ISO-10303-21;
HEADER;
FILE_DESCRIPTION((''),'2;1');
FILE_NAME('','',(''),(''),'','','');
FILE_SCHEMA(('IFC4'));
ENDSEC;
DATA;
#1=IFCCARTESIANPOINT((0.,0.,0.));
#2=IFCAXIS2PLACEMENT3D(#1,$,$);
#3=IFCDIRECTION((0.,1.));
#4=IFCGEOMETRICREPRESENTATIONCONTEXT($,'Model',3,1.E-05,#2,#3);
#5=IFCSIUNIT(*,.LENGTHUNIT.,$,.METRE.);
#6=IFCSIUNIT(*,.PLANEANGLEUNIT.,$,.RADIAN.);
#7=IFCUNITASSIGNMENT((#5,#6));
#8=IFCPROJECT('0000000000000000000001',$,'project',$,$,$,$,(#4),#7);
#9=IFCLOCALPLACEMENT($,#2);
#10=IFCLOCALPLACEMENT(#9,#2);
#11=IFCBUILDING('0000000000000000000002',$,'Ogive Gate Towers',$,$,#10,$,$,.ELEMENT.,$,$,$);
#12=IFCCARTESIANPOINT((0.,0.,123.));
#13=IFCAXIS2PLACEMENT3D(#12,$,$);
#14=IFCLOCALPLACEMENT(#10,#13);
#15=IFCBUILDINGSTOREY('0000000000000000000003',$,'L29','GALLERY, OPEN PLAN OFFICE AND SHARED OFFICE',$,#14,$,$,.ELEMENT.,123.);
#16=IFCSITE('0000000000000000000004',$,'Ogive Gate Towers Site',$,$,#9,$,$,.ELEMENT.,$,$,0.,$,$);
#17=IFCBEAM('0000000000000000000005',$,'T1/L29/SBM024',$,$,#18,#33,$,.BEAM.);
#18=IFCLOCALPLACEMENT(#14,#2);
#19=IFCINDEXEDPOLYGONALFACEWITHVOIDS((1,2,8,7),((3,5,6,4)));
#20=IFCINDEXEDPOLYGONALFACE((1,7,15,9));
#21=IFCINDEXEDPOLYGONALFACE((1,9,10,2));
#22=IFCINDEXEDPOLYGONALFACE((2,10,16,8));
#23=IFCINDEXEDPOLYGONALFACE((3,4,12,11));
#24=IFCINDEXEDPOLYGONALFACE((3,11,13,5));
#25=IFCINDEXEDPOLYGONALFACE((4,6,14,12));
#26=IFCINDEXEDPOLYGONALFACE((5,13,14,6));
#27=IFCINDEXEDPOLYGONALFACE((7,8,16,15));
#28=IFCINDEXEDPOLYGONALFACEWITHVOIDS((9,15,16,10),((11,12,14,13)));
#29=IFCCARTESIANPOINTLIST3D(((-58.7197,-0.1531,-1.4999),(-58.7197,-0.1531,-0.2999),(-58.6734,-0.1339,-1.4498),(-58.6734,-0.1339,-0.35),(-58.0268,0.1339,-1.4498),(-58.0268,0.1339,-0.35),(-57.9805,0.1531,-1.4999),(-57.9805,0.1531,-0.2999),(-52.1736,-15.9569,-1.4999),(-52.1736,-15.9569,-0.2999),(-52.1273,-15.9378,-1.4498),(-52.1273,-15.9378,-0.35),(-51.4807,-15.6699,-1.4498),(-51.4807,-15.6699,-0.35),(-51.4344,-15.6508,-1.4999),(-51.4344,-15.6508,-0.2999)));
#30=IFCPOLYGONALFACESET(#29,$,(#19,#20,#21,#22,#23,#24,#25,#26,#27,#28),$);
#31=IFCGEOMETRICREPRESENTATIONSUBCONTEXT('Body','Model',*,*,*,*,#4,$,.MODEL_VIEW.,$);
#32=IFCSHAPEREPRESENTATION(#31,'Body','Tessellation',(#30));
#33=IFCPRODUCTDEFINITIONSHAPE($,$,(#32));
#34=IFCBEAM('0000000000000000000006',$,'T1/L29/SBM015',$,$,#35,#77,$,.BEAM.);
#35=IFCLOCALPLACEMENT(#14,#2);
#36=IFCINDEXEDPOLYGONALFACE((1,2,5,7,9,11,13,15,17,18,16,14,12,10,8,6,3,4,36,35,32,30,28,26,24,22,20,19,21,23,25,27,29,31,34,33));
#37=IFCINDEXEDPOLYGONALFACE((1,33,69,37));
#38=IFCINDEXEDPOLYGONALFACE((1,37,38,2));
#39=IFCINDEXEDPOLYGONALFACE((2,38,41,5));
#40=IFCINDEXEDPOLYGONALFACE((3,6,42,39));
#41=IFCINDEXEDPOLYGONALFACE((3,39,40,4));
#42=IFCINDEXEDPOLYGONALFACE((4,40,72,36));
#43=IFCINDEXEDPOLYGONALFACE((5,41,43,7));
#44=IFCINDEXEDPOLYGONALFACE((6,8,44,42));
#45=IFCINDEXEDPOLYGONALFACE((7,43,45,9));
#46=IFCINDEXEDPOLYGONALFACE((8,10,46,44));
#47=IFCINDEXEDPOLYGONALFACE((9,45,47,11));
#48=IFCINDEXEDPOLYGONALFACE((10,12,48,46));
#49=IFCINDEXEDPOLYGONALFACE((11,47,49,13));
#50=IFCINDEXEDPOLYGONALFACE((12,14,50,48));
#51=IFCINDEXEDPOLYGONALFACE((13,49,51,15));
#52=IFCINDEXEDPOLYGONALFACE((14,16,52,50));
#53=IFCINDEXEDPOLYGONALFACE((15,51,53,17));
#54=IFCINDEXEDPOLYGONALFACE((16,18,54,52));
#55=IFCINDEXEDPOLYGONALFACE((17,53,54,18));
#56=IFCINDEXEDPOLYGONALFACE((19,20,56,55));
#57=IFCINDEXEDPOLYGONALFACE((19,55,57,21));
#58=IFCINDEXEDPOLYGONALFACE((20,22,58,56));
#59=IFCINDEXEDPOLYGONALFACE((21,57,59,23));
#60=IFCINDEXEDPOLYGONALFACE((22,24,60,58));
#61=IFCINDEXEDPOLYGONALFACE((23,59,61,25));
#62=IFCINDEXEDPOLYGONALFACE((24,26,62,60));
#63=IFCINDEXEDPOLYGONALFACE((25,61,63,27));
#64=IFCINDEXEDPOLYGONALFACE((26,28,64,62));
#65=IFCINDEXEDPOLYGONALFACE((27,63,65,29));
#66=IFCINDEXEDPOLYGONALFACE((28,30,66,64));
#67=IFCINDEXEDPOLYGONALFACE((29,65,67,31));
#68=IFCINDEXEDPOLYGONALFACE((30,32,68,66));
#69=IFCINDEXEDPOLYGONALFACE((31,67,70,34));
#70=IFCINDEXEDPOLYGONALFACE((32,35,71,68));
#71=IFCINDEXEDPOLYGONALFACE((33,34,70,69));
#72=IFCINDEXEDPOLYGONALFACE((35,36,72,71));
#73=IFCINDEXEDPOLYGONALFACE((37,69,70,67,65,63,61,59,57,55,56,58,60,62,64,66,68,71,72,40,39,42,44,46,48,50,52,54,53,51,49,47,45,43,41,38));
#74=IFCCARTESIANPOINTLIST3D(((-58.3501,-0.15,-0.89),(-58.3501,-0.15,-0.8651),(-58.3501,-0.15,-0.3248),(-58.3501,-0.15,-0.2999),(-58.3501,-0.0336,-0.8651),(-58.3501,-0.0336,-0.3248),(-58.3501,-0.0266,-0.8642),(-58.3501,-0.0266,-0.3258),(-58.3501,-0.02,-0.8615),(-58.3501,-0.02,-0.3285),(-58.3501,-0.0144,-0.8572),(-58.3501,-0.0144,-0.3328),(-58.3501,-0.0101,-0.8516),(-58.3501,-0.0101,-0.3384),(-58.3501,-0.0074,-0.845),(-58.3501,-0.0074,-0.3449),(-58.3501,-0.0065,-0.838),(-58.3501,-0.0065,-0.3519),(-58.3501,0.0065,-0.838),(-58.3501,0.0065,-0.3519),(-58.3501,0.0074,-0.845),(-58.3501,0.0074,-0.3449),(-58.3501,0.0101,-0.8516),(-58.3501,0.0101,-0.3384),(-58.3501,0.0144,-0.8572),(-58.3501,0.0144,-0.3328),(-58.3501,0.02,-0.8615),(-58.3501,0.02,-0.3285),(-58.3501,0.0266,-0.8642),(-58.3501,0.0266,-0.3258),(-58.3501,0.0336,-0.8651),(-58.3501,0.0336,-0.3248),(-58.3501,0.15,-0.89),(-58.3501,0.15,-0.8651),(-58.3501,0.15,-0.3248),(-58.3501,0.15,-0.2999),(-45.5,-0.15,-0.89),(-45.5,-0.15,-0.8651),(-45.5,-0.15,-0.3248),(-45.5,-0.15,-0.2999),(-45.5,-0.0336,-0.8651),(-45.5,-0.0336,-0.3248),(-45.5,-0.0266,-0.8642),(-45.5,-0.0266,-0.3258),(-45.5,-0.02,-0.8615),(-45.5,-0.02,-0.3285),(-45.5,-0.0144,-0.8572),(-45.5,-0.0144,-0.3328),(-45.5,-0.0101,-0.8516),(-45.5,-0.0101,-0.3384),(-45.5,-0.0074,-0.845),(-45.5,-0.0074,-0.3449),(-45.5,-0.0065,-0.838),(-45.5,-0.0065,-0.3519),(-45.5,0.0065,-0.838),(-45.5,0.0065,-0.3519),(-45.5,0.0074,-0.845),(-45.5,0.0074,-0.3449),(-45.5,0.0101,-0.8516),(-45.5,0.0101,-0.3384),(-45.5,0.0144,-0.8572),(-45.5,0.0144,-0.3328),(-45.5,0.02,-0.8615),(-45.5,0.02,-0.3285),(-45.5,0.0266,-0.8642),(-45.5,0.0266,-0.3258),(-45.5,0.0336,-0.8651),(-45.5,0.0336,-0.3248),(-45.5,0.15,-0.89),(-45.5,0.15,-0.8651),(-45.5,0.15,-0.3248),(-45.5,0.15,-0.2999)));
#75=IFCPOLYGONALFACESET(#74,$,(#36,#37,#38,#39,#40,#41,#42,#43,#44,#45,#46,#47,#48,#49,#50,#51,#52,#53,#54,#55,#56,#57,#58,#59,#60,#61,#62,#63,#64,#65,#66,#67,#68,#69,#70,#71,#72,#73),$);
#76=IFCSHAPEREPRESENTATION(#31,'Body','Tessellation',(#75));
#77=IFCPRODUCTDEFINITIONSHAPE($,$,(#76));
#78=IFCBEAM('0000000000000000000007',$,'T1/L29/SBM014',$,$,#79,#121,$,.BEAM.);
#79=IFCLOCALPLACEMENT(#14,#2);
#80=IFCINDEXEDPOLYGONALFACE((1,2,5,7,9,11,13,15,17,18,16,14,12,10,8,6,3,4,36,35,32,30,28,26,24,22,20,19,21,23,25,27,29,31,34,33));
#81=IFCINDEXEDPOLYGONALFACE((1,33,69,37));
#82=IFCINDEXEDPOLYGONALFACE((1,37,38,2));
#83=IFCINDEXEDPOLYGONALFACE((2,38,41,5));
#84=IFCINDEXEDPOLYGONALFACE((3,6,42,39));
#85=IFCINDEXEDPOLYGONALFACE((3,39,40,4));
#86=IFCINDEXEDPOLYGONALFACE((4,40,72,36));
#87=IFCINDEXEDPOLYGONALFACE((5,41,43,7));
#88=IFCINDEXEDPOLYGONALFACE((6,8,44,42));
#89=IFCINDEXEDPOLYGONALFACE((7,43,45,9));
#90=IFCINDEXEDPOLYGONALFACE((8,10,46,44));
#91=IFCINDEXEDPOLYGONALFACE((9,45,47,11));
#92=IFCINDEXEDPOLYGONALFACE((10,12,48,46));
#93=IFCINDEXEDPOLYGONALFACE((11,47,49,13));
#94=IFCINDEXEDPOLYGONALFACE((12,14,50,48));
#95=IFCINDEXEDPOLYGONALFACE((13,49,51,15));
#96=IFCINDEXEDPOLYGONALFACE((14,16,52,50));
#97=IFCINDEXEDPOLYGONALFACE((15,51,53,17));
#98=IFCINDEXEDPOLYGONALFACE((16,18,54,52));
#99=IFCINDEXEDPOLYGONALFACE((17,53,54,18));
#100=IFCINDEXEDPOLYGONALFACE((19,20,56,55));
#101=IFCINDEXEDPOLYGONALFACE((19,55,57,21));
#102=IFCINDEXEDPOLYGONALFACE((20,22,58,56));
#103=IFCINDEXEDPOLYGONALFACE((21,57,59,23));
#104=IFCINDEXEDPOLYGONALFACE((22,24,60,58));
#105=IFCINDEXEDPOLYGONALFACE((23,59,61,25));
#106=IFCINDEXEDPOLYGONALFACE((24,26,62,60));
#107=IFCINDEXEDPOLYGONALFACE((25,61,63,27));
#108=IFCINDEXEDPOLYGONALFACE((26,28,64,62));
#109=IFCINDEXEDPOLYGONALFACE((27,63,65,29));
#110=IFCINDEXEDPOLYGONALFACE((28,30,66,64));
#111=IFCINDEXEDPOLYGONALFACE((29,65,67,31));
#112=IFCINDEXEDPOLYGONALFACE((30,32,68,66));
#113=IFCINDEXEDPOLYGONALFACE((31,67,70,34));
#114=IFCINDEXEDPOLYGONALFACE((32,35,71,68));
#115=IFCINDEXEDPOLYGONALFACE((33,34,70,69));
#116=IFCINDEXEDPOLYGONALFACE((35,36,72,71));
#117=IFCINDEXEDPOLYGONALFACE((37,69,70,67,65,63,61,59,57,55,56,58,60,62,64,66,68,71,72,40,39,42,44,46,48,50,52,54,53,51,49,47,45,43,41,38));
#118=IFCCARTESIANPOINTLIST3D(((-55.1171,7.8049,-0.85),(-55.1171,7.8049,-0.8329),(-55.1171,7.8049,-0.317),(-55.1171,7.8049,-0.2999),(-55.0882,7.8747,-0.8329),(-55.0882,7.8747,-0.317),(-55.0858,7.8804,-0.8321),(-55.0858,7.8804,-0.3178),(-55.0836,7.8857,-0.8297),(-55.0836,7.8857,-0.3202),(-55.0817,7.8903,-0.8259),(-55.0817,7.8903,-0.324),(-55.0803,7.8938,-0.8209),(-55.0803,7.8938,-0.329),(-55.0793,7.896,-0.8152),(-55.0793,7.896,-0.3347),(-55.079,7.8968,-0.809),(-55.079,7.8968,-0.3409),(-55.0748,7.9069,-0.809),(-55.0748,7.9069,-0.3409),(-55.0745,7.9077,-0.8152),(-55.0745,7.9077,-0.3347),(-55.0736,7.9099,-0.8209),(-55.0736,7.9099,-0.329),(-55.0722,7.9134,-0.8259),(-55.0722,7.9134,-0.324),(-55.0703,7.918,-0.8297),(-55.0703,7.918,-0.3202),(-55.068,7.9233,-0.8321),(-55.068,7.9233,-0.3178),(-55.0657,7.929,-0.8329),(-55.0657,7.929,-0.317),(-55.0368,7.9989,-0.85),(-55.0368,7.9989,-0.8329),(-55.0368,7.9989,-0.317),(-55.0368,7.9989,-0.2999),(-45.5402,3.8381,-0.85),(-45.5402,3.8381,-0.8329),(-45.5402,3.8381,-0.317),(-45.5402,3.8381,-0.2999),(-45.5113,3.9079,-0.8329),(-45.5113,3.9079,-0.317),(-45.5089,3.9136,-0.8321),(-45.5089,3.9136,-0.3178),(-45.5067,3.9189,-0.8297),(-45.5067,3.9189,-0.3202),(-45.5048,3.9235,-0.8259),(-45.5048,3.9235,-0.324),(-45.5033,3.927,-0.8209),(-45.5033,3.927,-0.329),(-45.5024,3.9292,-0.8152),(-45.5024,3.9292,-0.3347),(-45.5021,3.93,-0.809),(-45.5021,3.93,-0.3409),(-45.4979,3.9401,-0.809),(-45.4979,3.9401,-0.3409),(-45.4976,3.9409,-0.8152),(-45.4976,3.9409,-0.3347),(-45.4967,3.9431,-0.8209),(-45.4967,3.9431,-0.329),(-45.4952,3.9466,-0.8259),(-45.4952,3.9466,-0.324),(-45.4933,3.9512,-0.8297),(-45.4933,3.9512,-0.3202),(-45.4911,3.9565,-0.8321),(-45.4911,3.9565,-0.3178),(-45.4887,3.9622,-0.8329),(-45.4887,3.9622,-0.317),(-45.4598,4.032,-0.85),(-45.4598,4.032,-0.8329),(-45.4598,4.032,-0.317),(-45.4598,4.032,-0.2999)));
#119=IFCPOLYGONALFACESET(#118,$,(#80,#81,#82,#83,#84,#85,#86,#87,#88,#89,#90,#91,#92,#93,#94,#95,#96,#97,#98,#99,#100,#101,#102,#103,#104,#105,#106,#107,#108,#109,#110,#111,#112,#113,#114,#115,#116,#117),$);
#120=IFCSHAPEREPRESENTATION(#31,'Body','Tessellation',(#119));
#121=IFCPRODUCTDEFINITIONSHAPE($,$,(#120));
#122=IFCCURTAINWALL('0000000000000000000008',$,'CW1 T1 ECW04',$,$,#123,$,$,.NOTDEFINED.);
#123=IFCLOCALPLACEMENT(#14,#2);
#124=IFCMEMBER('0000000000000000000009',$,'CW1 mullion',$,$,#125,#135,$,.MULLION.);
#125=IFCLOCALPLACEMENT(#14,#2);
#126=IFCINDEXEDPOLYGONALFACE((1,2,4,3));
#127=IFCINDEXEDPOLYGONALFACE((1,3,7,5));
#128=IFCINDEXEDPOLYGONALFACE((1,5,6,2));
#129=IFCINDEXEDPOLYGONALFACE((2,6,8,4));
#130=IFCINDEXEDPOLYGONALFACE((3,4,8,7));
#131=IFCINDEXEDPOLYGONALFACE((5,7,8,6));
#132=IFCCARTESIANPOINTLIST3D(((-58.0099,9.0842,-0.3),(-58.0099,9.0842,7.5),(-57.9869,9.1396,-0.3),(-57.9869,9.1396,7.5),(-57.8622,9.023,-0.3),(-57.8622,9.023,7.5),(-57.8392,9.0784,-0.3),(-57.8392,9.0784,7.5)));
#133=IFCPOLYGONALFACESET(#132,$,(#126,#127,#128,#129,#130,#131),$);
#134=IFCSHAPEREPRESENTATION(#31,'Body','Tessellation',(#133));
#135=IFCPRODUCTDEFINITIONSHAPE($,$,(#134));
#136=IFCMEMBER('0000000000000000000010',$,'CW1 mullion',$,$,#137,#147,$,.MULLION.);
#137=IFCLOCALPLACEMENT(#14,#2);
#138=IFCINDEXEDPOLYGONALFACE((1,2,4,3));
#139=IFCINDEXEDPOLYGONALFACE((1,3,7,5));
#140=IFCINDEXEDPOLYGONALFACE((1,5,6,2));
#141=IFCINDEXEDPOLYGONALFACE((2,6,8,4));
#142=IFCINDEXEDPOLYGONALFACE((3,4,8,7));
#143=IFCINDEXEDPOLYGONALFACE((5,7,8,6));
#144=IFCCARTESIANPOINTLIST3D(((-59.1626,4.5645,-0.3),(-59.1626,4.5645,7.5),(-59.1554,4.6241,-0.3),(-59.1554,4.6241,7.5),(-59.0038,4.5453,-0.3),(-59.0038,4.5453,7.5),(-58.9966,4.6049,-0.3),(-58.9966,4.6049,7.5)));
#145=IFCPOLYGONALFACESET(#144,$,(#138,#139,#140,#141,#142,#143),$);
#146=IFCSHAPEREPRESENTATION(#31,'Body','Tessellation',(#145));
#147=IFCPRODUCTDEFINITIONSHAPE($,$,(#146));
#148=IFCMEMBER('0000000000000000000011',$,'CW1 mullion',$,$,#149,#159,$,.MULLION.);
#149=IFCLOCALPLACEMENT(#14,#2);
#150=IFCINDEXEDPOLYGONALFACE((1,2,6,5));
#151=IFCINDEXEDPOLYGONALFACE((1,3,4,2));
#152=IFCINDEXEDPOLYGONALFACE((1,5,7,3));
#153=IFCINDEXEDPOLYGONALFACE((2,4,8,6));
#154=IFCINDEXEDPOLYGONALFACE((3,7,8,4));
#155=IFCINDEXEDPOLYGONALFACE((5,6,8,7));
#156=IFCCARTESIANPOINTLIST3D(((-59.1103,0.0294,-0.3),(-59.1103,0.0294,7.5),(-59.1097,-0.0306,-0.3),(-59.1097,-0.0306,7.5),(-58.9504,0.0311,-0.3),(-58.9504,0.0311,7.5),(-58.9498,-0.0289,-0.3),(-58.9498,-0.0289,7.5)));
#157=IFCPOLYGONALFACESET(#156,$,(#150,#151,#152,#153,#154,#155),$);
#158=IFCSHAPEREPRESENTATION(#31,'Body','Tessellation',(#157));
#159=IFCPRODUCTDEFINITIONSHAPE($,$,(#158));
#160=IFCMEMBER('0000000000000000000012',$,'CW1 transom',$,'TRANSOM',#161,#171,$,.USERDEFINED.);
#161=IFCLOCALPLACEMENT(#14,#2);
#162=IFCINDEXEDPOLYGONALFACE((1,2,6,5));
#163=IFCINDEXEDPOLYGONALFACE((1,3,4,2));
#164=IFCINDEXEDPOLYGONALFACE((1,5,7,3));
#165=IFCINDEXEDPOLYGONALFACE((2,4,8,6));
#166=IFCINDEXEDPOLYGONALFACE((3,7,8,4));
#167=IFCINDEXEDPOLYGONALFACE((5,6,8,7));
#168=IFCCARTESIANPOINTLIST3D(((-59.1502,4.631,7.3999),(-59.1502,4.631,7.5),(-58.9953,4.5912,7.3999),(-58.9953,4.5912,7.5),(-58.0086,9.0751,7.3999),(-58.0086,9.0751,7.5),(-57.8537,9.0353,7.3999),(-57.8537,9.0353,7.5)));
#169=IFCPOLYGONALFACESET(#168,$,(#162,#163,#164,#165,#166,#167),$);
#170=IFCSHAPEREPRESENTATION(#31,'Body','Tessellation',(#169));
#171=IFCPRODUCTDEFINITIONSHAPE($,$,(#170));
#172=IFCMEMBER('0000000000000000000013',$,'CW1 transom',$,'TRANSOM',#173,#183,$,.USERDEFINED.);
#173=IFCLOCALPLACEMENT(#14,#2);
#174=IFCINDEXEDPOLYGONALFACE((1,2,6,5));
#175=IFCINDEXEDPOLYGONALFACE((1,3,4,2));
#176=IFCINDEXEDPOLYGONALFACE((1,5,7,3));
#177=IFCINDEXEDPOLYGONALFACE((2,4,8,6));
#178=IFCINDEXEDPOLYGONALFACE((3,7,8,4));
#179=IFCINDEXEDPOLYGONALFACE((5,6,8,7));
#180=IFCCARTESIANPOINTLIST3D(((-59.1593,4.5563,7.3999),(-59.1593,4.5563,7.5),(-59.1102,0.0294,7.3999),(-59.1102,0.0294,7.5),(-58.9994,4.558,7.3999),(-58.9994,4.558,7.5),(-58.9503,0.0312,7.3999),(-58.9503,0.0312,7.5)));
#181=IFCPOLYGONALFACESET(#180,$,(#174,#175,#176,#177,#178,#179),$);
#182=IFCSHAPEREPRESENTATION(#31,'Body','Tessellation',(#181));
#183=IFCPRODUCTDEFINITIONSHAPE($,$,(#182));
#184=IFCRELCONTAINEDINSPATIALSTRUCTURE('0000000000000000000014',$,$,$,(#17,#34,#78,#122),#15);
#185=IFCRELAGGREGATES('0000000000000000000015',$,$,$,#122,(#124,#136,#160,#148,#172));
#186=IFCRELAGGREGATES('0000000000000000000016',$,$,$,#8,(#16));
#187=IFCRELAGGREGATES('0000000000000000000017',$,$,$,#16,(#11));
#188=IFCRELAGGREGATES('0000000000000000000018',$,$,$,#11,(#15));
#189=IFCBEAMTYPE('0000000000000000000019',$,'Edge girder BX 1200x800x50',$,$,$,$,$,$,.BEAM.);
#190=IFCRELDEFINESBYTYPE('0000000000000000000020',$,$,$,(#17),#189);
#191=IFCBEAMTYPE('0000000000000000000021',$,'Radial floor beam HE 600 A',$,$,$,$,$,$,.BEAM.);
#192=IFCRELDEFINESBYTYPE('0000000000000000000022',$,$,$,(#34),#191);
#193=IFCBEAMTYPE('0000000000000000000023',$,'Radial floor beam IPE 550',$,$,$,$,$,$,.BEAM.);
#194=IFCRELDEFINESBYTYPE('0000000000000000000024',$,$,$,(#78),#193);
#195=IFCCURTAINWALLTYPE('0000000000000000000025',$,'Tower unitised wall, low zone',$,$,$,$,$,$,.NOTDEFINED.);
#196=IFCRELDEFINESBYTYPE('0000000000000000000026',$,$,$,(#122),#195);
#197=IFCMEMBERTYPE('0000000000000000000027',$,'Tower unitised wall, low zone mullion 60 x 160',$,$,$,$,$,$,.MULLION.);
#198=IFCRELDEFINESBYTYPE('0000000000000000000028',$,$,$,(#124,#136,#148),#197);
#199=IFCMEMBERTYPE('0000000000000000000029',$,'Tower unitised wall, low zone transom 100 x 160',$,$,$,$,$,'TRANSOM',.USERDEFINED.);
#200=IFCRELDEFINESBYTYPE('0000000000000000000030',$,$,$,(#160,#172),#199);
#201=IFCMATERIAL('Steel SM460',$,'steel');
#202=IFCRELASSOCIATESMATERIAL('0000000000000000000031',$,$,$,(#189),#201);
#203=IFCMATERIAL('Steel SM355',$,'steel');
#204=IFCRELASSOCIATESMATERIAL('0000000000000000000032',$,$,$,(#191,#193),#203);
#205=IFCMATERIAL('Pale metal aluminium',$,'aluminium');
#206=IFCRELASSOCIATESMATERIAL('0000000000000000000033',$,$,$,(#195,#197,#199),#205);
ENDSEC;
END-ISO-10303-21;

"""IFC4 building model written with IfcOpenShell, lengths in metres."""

from ifc_helpers import new_model, si_unit, direction, frame, origin, origin_2d, place, context, subcontext, project, spatial, rectangle, hollow_rectangle, i_section, extrude, material, material_profile, profile_set, type_object, element, aggregate, save


model = new_model("IFC4")

# Units and contexts
model_context = context("Model", 3, precision=1e-05, world=origin(), true_north=direction((0.0, 1.0)))
body_context = subcontext(model_context, "Body", "Model", "MODEL_VIEW")
ifc_project = project(units=[si_unit("LENGTHUNIT", "METRE"), si_unit("PLANEANGLEUNIT", "RADIAN")], contexts=[model_context])

# Site, building, storey
site_placement = place(None, origin())
site = spatial("IfcSite", under=ifc_project, at=site_placement, Name="Ogive Gate Towers Site", CompositionType="ELEMENT", RefElevation=0.0)
building_placement = place(site_placement, origin())
building = spatial("IfcBuilding", under=site, at=building_placement, Name="Ogive Gate Towers", CompositionType="ELEMENT")
storey_placement = place(building_placement, frame((0.0, 0.0, 123.0)))
storey = spatial("IfcBuildingStorey", under=building, at=storey_placement, Name="L29", Description="GALLERY, OPEN PLAN OFFICE AND SHARED OFFICE", CompositionType="ELEMENT", Elevation=123.0)

# Beams
ifc_material_1 = material(Name="Steel SM460", Category="steel")
ifc_material_profile_1 = material_profile(ifc_material_1, hollow_rectangle(XDim=0.8, YDim=1.2, WallThickness=0.05, at=origin_2d()), Name="BX 1200x800x50")
ifc_profile_set_1 = profile_set([ifc_material_profile_1], Name="Steel SM460")
beam_type_1 = type_object("IfcBeamType", Name="Edge girder BX 1200x800x50", PredefinedType="BEAM", material=ifc_profile_set_1)
beam_1_placement = place(storey_placement, frame((-58.3501, 0.0, -0.8999), z_axis=(0.38268, -0.923881, 0.0), x_axis=(0.923881, 0.38268, 0.0)))
element("IfcBeam", 1, at=beam_1_placement, inside=storey, type_object=beam_type_1, Name="T1/L29/SBM024", PredefinedType="BEAM", context=body_context, shape_type="SweptSolid", body=[
    extrude(hollow_rectangle(XDim=0.8, YDim=1.2, WallThickness=0.05, at=origin_2d()), origin(), (0.0, 0.0, 1.0), 17.106),
])
ifc_material_2 = material(Name="Steel SM355", Category="steel")
ifc_material_profile_2 = material_profile(ifc_material_2, i_section(OverallWidth=0.3, OverallDepth=0.5901, WebThickness=0.0129, FlangeThickness=0.0249, FilletRadius=0.0271, at=origin_2d()), Name="HE 600 A")
ifc_profile_set_2 = profile_set([ifc_material_profile_2], Name="Steel SM355")
beam_type_2 = type_object("IfcBeamType", Name="Radial floor beam HE 600 A", PredefinedType="BEAM", material=ifc_profile_set_2)
beam_2_placement = place(storey_placement, frame((-45.5, 0.0, -0.595), z_axis=(-1.0, 0.0, 0.0), x_axis=(0.0, -1.0, 0.0)))
element("IfcBeam", 2, at=beam_2_placement, inside=storey, type_object=beam_type_2, Name="T1/L29/SBM015", PredefinedType="BEAM", context=body_context, shape_type="SweptSolid", body=[
    extrude(i_section(OverallWidth=0.3, OverallDepth=0.5901, WebThickness=0.0129, FlangeThickness=0.0249, FilletRadius=0.0271, at=origin_2d()), origin(), (0.0, 0.0, 1.0), 12.8501),
])
ifc_material_profile_3 = material_profile(ifc_material_2, i_section(OverallWidth=0.21, OverallDepth=0.55, WebThickness=0.011, FlangeThickness=0.0171, FilletRadius=0.0239, at=origin_2d()), Name="IPE 550")
ifc_profile_set_3 = profile_set([ifc_material_profile_3], Name="Steel SM355")
beam_type_3 = type_object("IfcBeamType", Name="Radial floor beam IPE 550", PredefinedType="BEAM", material=ifc_profile_set_3)
beam_3_placement = place(storey_placement, frame((-45.5, 3.9351, -0.575), z_axis=(-0.923882, 0.382676, 0.0), x_axis=(-0.382676, -0.923882, 0.0)))
element("IfcBeam", 3, at=beam_3_placement, inside=storey, type_object=beam_type_3, Name="T1/L29/SBM014", PredefinedType="BEAM", context=body_context, shape_type="SweptSolid", body=[
    extrude(i_section(OverallWidth=0.21, OverallDepth=0.55, WebThickness=0.011, FlangeThickness=0.0171, FilletRadius=0.0239, at=origin_2d()), origin(), (0.0, 0.0, 1.0), 10.366),
])

# Curtain wall, members
ifc_material_3 = material(Name="Pale metal aluminium", Category="aluminium")
curtain_wall_type = type_object("IfcCurtainWallType", Name="Tower unitised wall, low zone", PredefinedType="NOTDEFINED", material=ifc_material_3)
curtain_wall_placement = place(storey_placement, origin())
curtain_wall = element("IfcCurtainWall", 4, at=curtain_wall_placement, inside=storey, type_object=curtain_wall_type, Name="CW1 T1 ECW04", PredefinedType="NOTDEFINED")
ifc_material_profile_4 = material_profile(ifc_material_3, rectangle(XDim=0.1599, YDim=0.0601, at=origin_2d()), Name="60 x 160 aluminium box")
ifc_profile_set_4 = profile_set([ifc_material_profile_4], Name="Pale metal aluminium")
member_type_1 = type_object("IfcMemberType", Name="Tower unitised wall, low zone mullion 60 x 160", PredefinedType="MULLION", material=ifc_profile_set_4)
member_1_placement = place(storey_placement, frame((-57.9246, 9.0813, -0.3), z_axis=(0.0, 0.0, 1.0), x_axis=(-0.92388, 0.382683, 0.0)))
member_1 = element("IfcMember", 5, at=member_1_placement, type_object=member_type_1, Name="CW1 mullion", PredefinedType="MULLION", context=body_context, shape_type="SweptSolid", body=[
    extrude(rectangle(XDim=0.1599, YDim=0.0601, at=origin_2d()), origin(), (0.0, 0.0, 1.0), 7.8),
])
member_2_placement = place(storey_placement, frame((-59.0796, 4.5847, -0.3), z_axis=(0.0, 0.0, 1.0), x_axis=(-0.99277, 0.120033, 0.0)))
member_2 = element("IfcMember", 6, at=member_2_placement, type_object=member_type_1, Name="CW1 mullion", PredefinedType="MULLION", context=body_context, shape_type="SweptSolid", body=[
    extrude(rectangle(XDim=0.1599, YDim=0.0601, at=origin_2d()), origin(), (0.0, 0.0, 1.0), 7.8),
])
member_3_placement = place(storey_placement, frame((-59.03, 0.0002, -0.3), z_axis=(0.0, 0.0, 1.0), x_axis=(-0.999941, -0.010821, 0.0)))
member_3 = element("IfcMember", 7, at=member_3_placement, type_object=member_type_1, Name="CW1 mullion", PredefinedType="MULLION", context=body_context, shape_type="SweptSolid", body=[
    extrude(rectangle(XDim=0.1599, YDim=0.0601, at=origin_2d()), origin(), (0.0, 0.0, 1.0), 7.8),
])
ifc_material_profile_5 = material_profile(ifc_material_3, rectangle(XDim=0.1599, YDim=0.1001, at=origin_2d()), Name="100 x 160 aluminium box")
ifc_profile_set_5 = profile_set([ifc_material_profile_5], Name="Pale metal aluminium")
member_type_2 = type_object("IfcMemberType", Name="Tower unitised wall, low zone transom 100 x 160", ElementType="TRANSOM", PredefinedType="USERDEFINED", material=ifc_profile_set_5)
member_4_placement = place(storey_placement, frame((-57.9312, 9.0552, 7.45), z_axis=(-0.248803, -0.968554, 0.0), x_axis=(0.968554, -0.248803, 0.0)))
member_4 = element("IfcMember", 8, at=member_4_placement, type_object=member_type_2, Name="CW1 transom", ObjectType="TRANSOM", PredefinedType="USERDEFINED", context=body_context, shape_type="SweptSolid", body=[
    extrude(rectangle(XDim=0.1599, YDim=0.1001, at=origin_2d()), origin(), (0.0, 0.0, 1.0), 4.5884),
])
member_5_placement = place(storey_placement, frame((-59.0793, 4.5571, 7.45), z_axis=(0.01084, -0.999941, 0.0), x_axis=(0.999941, 0.01084, 0.0)))
member_5 = element("IfcMember", 9, at=member_5_placement, type_object=member_type_2, Name="CW1 transom", ObjectType="TRANSOM", PredefinedType="USERDEFINED", context=body_context, shape_type="SweptSolid", body=[
    extrude(rectangle(XDim=0.1599, YDim=0.1001, at=origin_2d()), origin(), (0.0, 0.0, 1.0), 4.5271),
])
aggregate(curtain_wall, [member_1, member_2, member_4, member_3, member_5])

save(model, "model.ifc")
